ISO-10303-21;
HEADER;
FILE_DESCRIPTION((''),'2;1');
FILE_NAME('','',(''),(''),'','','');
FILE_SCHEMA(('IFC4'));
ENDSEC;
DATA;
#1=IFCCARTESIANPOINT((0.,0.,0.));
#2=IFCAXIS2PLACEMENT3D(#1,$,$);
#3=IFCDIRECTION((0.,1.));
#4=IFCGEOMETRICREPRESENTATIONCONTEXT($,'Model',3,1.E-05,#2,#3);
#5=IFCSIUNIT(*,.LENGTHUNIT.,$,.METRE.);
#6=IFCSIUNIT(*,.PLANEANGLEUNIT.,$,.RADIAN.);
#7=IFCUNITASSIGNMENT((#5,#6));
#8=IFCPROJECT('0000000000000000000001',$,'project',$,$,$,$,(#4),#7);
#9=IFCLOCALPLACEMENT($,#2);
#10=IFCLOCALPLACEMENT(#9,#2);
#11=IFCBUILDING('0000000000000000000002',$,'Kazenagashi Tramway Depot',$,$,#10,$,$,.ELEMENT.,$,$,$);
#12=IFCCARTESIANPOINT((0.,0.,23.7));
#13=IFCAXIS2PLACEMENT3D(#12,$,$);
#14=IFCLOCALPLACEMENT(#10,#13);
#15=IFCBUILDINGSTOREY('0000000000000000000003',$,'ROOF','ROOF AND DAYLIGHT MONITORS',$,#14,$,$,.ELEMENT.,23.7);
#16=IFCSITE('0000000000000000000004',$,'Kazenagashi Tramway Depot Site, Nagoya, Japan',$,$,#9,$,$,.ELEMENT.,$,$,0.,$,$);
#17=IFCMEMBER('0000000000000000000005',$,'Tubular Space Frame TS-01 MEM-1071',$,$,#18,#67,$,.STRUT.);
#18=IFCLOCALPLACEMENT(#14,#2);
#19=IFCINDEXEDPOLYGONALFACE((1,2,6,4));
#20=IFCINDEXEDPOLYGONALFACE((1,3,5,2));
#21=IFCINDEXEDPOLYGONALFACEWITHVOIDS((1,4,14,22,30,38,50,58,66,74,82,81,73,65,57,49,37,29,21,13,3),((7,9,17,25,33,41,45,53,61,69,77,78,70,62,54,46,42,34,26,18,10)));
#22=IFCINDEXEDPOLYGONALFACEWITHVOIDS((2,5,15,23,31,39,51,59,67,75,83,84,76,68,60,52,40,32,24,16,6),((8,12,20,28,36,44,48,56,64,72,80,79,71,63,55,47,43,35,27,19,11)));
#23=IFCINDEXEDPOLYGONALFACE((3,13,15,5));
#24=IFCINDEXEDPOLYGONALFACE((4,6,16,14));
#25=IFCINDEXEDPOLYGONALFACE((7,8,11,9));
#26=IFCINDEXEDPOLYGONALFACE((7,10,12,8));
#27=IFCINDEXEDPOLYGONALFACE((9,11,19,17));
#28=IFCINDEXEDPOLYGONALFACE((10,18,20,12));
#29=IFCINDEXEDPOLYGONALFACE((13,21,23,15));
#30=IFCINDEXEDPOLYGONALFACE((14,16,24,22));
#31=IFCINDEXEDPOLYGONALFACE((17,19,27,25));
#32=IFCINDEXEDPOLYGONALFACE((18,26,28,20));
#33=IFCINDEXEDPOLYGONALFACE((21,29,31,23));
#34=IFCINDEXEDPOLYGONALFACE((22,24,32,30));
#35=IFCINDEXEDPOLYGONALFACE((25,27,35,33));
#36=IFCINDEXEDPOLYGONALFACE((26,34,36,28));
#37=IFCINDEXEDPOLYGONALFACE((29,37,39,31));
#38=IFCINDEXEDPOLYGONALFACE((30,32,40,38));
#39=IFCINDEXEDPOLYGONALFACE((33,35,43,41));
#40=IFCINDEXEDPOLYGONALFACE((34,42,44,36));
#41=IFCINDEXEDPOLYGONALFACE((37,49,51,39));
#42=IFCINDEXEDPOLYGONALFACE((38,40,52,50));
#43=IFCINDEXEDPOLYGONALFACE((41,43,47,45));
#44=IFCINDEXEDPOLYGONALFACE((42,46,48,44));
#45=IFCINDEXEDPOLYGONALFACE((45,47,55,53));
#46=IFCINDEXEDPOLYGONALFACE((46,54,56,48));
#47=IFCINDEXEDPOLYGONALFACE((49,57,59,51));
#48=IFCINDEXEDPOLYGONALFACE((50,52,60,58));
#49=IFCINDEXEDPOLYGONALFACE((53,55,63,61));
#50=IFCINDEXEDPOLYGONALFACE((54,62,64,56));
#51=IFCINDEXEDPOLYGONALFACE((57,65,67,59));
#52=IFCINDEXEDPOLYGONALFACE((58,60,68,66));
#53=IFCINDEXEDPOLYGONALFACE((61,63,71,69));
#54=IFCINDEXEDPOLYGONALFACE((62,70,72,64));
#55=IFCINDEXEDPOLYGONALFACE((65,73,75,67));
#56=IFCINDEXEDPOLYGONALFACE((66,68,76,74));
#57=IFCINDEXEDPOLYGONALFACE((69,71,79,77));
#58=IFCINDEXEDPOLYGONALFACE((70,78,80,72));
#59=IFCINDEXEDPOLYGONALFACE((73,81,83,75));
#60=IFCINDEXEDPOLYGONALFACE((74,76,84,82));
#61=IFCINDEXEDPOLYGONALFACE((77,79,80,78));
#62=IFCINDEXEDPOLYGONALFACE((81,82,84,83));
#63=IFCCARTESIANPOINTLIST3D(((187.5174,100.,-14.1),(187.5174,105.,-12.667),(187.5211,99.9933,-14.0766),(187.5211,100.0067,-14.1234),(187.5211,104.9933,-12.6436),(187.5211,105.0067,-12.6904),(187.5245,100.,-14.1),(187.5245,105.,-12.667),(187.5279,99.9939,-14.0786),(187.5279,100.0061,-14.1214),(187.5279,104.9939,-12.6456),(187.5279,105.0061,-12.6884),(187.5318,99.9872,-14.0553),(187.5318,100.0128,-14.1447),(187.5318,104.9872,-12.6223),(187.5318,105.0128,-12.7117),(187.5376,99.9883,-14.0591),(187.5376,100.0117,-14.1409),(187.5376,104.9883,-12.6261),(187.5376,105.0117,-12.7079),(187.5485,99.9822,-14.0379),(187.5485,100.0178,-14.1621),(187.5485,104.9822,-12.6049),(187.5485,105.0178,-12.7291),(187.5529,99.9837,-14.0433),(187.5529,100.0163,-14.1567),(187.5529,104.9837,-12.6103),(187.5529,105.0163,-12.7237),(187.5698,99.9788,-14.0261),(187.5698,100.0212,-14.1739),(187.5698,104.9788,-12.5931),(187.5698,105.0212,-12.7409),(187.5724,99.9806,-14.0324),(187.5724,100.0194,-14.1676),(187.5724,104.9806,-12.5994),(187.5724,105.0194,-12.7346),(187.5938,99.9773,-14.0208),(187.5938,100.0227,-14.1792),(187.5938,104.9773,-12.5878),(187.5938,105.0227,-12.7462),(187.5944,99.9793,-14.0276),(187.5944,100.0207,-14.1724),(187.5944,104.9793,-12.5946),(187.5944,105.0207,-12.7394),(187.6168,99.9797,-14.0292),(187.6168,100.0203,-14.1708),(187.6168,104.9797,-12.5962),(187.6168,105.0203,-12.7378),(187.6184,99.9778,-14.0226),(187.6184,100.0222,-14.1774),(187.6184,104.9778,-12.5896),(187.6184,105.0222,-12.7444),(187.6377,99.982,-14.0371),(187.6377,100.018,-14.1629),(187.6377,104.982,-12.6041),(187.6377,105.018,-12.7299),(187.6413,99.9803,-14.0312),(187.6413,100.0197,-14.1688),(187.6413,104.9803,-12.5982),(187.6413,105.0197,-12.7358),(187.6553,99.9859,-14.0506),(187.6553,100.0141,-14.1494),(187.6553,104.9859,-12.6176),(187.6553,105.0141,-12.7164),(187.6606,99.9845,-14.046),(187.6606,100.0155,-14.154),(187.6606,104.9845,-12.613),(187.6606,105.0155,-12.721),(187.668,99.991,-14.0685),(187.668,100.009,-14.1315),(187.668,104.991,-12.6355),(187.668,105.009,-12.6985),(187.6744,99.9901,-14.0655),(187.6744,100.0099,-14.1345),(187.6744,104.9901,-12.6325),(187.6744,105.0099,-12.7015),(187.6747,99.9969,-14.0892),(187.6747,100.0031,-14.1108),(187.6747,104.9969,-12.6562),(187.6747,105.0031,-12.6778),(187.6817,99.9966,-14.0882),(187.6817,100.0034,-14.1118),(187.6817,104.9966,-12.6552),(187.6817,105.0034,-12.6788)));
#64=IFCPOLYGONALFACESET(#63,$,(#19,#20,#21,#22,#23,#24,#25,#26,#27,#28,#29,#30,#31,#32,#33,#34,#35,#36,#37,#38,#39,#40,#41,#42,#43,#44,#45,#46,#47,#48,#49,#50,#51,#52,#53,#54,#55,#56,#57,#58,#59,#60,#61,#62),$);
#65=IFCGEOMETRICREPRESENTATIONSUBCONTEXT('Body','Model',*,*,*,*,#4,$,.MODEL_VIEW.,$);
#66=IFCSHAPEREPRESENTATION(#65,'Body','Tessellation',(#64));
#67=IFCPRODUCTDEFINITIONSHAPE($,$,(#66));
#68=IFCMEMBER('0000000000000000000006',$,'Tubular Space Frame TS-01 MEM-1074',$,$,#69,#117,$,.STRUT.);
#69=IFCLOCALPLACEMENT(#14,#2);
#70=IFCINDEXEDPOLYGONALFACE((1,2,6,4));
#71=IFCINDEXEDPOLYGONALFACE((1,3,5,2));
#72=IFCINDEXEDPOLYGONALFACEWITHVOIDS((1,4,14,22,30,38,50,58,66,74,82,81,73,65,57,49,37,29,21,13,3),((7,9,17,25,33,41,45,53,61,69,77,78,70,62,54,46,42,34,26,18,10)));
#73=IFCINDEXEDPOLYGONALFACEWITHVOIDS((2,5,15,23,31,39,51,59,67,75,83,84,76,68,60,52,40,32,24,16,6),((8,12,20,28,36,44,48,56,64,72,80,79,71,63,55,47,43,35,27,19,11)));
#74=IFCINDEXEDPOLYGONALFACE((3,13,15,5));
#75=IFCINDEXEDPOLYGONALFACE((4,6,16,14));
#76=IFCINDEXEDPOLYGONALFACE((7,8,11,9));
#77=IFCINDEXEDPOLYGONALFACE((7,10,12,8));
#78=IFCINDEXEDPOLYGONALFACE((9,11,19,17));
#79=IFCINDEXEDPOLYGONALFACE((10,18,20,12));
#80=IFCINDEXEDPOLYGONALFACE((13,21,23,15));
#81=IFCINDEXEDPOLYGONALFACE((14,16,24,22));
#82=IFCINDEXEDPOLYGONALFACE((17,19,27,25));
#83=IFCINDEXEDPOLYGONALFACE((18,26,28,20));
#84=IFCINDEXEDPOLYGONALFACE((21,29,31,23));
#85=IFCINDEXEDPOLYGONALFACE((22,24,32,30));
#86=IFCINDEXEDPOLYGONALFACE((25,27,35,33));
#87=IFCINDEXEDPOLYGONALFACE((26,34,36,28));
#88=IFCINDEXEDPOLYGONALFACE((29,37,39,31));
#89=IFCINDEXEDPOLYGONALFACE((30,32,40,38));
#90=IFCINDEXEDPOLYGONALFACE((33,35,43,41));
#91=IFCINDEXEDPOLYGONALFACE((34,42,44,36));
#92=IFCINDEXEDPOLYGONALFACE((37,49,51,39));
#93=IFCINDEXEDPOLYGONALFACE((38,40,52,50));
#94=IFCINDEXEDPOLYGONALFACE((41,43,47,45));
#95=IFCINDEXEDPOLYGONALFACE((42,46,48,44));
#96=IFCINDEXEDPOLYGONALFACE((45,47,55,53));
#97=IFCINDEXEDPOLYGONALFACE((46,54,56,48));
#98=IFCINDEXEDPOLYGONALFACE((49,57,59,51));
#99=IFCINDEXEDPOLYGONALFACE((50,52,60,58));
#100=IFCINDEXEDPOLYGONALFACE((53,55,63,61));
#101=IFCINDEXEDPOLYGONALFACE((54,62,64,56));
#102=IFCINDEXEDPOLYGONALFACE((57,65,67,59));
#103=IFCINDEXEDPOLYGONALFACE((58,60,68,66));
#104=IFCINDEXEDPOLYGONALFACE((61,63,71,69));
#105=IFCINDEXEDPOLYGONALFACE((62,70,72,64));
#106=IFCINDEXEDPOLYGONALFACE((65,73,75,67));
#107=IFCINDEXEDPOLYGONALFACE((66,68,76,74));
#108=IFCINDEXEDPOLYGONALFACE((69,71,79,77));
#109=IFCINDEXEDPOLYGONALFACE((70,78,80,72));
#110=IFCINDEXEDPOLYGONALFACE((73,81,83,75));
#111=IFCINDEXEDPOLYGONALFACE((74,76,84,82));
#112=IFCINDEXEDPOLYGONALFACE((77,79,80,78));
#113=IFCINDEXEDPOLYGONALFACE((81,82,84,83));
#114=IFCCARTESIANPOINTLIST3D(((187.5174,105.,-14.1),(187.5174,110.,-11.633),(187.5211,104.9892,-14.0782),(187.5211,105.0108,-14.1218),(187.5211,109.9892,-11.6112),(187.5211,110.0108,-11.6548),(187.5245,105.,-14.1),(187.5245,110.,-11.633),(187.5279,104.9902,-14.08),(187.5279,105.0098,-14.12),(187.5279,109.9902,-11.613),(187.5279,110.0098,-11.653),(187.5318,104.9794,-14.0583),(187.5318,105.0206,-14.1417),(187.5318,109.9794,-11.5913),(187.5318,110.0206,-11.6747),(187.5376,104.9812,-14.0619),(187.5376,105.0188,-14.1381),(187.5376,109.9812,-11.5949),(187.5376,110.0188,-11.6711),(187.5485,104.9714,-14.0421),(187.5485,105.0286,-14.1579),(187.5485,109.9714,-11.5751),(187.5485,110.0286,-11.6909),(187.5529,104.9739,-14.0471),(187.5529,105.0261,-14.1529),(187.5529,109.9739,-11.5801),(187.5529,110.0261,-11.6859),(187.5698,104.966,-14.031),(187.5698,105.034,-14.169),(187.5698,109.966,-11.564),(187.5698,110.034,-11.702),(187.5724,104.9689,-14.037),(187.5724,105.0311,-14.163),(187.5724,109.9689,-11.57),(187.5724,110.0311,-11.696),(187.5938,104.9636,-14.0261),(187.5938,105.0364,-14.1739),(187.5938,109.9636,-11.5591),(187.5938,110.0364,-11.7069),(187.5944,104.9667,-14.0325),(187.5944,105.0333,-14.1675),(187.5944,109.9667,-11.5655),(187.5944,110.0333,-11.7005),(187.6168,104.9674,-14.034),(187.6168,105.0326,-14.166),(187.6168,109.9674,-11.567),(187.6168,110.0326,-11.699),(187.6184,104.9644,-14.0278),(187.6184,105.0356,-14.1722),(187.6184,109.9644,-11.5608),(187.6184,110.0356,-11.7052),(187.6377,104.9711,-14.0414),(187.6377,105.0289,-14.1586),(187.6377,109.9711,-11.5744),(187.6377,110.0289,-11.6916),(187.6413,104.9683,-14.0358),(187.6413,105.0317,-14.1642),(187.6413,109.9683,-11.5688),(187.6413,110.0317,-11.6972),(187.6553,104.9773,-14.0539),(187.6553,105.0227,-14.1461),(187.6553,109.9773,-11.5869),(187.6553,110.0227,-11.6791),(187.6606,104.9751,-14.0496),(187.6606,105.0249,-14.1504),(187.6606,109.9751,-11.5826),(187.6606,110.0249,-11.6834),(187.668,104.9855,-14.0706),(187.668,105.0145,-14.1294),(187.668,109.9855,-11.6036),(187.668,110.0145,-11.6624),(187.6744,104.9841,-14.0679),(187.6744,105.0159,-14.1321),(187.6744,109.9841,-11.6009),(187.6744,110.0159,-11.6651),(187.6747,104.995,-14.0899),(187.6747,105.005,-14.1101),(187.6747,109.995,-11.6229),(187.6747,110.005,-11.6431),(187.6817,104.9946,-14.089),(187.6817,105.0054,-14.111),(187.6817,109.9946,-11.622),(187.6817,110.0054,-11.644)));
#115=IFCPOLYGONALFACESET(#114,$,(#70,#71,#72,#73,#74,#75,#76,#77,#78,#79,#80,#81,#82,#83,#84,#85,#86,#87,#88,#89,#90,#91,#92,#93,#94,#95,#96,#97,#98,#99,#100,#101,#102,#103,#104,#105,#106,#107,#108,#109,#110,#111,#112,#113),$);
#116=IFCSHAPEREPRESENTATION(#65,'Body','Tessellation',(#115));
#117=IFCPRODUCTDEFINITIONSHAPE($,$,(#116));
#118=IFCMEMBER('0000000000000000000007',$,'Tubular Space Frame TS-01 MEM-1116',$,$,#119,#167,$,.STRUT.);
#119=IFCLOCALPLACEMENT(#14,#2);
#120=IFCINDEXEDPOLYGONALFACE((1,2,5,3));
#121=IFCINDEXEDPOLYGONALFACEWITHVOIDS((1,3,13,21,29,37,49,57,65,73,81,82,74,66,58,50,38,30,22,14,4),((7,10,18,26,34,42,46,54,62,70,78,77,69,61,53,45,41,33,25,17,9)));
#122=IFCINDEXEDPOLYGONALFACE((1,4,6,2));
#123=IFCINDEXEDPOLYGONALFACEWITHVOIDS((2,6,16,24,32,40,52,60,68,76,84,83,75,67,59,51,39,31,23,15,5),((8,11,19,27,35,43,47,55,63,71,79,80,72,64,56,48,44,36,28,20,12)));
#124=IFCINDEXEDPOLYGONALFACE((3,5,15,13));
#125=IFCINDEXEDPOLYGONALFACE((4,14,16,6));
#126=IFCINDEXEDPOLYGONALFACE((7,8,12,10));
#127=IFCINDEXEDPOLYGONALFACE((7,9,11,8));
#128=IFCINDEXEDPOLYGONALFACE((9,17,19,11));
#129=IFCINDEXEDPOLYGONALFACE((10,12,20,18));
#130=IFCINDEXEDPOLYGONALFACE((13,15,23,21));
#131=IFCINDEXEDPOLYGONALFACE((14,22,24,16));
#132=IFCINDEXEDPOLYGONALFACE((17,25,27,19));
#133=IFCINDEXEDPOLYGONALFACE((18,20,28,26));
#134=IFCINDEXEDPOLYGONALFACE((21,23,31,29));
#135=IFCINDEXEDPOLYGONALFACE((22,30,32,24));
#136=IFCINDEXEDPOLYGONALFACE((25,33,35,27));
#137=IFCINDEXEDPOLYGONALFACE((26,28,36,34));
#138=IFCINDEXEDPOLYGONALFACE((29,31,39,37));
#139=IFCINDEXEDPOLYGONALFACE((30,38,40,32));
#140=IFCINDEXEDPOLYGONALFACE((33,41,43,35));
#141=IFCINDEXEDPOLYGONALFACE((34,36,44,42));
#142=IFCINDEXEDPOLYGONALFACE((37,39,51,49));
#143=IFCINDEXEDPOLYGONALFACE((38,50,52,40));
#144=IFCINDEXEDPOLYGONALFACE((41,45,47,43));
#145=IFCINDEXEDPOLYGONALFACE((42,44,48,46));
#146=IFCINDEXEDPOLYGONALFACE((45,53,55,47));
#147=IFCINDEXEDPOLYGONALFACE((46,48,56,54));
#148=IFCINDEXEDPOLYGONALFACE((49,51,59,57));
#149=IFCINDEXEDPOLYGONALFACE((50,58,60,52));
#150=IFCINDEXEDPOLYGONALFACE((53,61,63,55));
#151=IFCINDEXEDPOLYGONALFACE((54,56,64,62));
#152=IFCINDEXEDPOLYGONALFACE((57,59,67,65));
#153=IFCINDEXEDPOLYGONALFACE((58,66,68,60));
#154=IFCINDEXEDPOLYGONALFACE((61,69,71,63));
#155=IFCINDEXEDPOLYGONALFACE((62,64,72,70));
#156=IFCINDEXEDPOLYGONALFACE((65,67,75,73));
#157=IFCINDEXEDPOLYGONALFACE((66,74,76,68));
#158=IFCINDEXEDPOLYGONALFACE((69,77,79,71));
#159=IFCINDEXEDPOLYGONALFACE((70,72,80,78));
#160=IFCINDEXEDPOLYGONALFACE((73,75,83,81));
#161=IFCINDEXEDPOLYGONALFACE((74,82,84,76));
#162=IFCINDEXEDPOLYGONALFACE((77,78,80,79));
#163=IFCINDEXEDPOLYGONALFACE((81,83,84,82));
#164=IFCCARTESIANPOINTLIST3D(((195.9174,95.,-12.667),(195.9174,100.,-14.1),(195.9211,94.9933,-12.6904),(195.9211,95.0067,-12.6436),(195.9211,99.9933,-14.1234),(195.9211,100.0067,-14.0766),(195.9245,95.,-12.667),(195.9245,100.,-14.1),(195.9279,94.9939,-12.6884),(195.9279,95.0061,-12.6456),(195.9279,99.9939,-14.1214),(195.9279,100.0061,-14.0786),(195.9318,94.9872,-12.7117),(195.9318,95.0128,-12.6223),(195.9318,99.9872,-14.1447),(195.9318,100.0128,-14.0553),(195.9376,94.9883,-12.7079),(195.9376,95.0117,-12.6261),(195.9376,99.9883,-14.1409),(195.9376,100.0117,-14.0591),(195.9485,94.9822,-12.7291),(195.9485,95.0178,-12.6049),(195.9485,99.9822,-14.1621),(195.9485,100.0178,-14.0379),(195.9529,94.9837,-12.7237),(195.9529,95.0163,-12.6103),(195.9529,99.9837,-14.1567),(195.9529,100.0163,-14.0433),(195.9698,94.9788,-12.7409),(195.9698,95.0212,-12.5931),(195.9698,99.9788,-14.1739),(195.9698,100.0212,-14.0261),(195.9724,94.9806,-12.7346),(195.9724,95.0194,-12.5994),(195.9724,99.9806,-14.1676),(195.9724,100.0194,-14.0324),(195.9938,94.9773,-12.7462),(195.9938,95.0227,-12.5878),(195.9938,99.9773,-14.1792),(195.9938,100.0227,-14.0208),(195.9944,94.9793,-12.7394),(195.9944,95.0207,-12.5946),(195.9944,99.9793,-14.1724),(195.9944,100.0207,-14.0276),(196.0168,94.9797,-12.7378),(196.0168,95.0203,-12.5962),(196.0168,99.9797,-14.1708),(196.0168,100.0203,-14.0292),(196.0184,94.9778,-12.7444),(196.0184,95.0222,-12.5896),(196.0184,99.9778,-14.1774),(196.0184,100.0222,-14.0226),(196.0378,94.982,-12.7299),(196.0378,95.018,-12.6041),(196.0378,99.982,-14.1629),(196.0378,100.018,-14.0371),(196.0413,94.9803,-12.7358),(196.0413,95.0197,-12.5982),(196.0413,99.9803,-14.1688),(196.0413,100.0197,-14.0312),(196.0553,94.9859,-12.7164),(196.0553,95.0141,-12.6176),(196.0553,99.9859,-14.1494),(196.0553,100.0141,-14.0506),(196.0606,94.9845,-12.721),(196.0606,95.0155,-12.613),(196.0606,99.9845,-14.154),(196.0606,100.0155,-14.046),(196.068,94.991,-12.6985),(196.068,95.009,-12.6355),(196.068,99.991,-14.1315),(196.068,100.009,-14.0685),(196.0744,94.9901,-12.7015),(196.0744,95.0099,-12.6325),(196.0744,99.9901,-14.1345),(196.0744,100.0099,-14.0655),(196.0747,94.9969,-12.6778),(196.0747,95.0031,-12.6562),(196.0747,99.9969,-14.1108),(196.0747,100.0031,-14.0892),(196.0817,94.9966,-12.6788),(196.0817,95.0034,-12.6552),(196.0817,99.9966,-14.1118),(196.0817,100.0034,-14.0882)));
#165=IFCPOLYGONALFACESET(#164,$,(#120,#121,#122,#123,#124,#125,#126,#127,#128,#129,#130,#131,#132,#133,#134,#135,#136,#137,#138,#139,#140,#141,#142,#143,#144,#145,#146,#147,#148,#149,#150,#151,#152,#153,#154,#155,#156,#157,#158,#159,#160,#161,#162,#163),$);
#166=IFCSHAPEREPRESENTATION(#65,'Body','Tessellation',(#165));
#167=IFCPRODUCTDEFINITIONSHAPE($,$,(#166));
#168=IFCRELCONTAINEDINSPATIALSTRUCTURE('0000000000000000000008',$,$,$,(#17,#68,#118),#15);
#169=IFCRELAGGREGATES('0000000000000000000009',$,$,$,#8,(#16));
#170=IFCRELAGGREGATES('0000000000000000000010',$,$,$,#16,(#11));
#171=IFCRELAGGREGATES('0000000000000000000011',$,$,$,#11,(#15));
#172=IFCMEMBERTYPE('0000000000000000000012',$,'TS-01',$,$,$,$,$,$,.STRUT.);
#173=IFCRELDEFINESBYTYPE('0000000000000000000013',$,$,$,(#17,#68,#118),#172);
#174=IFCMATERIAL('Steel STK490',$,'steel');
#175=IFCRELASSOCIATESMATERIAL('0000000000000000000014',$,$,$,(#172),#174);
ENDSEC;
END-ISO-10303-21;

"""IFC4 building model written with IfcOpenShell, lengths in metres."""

from ifc_helpers import new_model, si_unit, direction, frame, origin, origin_2d, place, context, subcontext, project, spatial, hollow_circle, extrude, material, material_profile, profile_set, type_object, element, save


model = new_model("IFC4")

# Units and contexts
model_context = context("Model", 3, precision=1e-05, world=origin(), true_north=direction((0.0, 1.0)))
body_context = subcontext(model_context, "Body", "Model", "MODEL_VIEW")
ifc_project = project(units=[si_unit("LENGTHUNIT", "METRE"), si_unit("PLANEANGLEUNIT", "RADIAN")], contexts=[model_context])

# Site, building, storey
site_placement = place(None, origin())
site = spatial("IfcSite", under=ifc_project, at=site_placement, Name="Kazenagashi Tramway Depot Site, Nagoya, Japan", CompositionType="ELEMENT", RefElevation=0.0)
building_placement = place(site_placement, origin())
building = spatial("IfcBuilding", under=site, at=building_placement, Name="Kazenagashi Tramway Depot", CompositionType="ELEMENT")
storey_placement = place(building_placement, frame((0.0, 0.0, 23.7)))
storey = spatial("IfcBuildingStorey", under=building, at=storey_placement, Name="ROOF", Description="ROOF AND DAYLIGHT MONITORS", CompositionType="ELEMENT", Elevation=23.7)

# Members
ifc_material_1 = material(Name="Steel STK490", Category="steel")
ifc_material_profile_1 = material_profile(ifc_material_1, hollow_circle(Radius=0.0826, WallThickness=0.0071, at=origin_2d()), Name="CHS-165.2x7.1")
ifc_profile_set_1 = profile_set([ifc_material_profile_1], Name="Steel STK490")
member_type_1 = type_object("IfcMemberType", Name="TS-01", PredefinedType="STRUT", material=ifc_profile_set_1)
member_1_placement = place(storey_placement, frame((187.6, 100.0, -14.1), z_axis=(0.0, 0.961299, 0.275508), x_axis=(-1.0, 0.0, 0.0)))
element("IfcMember", 1, at=member_1_placement, inside=storey, type_object=member_type_1, Name="Tubular Space Frame TS-01 MEM-1071", PredefinedType="STRUT", context=body_context, shape_type="SweptSolid", body=[
    extrude(hollow_circle(Radius=0.0826, WallThickness=0.0071, at=origin_2d()), origin(), (0.0, 0.0, 1.0), 5.2013),
])
member_2_placement = place(storey_placement, frame((187.6, 105.0, -14.1), z_axis=(0.0, 0.896782, 0.442472), x_axis=(-1.0, 0.0, 0.0)))
element("IfcMember", 2, at=member_2_placement, inside=storey, type_object=member_type_1, Name="Tubular Space Frame TS-01 MEM-1074", PredefinedType="STRUT", context=body_context, shape_type="SweptSolid", body=[
    extrude(hollow_circle(Radius=0.0826, WallThickness=0.0071, at=origin_2d()), origin(), (0.0, 0.0, 1.0), 5.5755),
])
for number, where, z_axis, x_axis, name in (
    (3, (196.0, 95.0, -12.667), (0.0, 0.961299, -0.275508), (-1.0, 0.0, 0.0), "Tubular Space Frame TS-01 MEM-1116"),
):
    element("IfcMember", number, at=place(storey_placement, frame(where, z_axis=z_axis, x_axis=x_axis)), inside=storey, type_object=member_type_1, Name=name, PredefinedType="STRUT", context=body_context, shape_type="SweptSolid", body=[
        extrude(hollow_circle(Radius=0.0826, WallThickness=0.0071, at=origin_2d()), origin(), (0.0, 0.0, 1.0), 5.2013),
    ])

save(model, "model.ifc")
